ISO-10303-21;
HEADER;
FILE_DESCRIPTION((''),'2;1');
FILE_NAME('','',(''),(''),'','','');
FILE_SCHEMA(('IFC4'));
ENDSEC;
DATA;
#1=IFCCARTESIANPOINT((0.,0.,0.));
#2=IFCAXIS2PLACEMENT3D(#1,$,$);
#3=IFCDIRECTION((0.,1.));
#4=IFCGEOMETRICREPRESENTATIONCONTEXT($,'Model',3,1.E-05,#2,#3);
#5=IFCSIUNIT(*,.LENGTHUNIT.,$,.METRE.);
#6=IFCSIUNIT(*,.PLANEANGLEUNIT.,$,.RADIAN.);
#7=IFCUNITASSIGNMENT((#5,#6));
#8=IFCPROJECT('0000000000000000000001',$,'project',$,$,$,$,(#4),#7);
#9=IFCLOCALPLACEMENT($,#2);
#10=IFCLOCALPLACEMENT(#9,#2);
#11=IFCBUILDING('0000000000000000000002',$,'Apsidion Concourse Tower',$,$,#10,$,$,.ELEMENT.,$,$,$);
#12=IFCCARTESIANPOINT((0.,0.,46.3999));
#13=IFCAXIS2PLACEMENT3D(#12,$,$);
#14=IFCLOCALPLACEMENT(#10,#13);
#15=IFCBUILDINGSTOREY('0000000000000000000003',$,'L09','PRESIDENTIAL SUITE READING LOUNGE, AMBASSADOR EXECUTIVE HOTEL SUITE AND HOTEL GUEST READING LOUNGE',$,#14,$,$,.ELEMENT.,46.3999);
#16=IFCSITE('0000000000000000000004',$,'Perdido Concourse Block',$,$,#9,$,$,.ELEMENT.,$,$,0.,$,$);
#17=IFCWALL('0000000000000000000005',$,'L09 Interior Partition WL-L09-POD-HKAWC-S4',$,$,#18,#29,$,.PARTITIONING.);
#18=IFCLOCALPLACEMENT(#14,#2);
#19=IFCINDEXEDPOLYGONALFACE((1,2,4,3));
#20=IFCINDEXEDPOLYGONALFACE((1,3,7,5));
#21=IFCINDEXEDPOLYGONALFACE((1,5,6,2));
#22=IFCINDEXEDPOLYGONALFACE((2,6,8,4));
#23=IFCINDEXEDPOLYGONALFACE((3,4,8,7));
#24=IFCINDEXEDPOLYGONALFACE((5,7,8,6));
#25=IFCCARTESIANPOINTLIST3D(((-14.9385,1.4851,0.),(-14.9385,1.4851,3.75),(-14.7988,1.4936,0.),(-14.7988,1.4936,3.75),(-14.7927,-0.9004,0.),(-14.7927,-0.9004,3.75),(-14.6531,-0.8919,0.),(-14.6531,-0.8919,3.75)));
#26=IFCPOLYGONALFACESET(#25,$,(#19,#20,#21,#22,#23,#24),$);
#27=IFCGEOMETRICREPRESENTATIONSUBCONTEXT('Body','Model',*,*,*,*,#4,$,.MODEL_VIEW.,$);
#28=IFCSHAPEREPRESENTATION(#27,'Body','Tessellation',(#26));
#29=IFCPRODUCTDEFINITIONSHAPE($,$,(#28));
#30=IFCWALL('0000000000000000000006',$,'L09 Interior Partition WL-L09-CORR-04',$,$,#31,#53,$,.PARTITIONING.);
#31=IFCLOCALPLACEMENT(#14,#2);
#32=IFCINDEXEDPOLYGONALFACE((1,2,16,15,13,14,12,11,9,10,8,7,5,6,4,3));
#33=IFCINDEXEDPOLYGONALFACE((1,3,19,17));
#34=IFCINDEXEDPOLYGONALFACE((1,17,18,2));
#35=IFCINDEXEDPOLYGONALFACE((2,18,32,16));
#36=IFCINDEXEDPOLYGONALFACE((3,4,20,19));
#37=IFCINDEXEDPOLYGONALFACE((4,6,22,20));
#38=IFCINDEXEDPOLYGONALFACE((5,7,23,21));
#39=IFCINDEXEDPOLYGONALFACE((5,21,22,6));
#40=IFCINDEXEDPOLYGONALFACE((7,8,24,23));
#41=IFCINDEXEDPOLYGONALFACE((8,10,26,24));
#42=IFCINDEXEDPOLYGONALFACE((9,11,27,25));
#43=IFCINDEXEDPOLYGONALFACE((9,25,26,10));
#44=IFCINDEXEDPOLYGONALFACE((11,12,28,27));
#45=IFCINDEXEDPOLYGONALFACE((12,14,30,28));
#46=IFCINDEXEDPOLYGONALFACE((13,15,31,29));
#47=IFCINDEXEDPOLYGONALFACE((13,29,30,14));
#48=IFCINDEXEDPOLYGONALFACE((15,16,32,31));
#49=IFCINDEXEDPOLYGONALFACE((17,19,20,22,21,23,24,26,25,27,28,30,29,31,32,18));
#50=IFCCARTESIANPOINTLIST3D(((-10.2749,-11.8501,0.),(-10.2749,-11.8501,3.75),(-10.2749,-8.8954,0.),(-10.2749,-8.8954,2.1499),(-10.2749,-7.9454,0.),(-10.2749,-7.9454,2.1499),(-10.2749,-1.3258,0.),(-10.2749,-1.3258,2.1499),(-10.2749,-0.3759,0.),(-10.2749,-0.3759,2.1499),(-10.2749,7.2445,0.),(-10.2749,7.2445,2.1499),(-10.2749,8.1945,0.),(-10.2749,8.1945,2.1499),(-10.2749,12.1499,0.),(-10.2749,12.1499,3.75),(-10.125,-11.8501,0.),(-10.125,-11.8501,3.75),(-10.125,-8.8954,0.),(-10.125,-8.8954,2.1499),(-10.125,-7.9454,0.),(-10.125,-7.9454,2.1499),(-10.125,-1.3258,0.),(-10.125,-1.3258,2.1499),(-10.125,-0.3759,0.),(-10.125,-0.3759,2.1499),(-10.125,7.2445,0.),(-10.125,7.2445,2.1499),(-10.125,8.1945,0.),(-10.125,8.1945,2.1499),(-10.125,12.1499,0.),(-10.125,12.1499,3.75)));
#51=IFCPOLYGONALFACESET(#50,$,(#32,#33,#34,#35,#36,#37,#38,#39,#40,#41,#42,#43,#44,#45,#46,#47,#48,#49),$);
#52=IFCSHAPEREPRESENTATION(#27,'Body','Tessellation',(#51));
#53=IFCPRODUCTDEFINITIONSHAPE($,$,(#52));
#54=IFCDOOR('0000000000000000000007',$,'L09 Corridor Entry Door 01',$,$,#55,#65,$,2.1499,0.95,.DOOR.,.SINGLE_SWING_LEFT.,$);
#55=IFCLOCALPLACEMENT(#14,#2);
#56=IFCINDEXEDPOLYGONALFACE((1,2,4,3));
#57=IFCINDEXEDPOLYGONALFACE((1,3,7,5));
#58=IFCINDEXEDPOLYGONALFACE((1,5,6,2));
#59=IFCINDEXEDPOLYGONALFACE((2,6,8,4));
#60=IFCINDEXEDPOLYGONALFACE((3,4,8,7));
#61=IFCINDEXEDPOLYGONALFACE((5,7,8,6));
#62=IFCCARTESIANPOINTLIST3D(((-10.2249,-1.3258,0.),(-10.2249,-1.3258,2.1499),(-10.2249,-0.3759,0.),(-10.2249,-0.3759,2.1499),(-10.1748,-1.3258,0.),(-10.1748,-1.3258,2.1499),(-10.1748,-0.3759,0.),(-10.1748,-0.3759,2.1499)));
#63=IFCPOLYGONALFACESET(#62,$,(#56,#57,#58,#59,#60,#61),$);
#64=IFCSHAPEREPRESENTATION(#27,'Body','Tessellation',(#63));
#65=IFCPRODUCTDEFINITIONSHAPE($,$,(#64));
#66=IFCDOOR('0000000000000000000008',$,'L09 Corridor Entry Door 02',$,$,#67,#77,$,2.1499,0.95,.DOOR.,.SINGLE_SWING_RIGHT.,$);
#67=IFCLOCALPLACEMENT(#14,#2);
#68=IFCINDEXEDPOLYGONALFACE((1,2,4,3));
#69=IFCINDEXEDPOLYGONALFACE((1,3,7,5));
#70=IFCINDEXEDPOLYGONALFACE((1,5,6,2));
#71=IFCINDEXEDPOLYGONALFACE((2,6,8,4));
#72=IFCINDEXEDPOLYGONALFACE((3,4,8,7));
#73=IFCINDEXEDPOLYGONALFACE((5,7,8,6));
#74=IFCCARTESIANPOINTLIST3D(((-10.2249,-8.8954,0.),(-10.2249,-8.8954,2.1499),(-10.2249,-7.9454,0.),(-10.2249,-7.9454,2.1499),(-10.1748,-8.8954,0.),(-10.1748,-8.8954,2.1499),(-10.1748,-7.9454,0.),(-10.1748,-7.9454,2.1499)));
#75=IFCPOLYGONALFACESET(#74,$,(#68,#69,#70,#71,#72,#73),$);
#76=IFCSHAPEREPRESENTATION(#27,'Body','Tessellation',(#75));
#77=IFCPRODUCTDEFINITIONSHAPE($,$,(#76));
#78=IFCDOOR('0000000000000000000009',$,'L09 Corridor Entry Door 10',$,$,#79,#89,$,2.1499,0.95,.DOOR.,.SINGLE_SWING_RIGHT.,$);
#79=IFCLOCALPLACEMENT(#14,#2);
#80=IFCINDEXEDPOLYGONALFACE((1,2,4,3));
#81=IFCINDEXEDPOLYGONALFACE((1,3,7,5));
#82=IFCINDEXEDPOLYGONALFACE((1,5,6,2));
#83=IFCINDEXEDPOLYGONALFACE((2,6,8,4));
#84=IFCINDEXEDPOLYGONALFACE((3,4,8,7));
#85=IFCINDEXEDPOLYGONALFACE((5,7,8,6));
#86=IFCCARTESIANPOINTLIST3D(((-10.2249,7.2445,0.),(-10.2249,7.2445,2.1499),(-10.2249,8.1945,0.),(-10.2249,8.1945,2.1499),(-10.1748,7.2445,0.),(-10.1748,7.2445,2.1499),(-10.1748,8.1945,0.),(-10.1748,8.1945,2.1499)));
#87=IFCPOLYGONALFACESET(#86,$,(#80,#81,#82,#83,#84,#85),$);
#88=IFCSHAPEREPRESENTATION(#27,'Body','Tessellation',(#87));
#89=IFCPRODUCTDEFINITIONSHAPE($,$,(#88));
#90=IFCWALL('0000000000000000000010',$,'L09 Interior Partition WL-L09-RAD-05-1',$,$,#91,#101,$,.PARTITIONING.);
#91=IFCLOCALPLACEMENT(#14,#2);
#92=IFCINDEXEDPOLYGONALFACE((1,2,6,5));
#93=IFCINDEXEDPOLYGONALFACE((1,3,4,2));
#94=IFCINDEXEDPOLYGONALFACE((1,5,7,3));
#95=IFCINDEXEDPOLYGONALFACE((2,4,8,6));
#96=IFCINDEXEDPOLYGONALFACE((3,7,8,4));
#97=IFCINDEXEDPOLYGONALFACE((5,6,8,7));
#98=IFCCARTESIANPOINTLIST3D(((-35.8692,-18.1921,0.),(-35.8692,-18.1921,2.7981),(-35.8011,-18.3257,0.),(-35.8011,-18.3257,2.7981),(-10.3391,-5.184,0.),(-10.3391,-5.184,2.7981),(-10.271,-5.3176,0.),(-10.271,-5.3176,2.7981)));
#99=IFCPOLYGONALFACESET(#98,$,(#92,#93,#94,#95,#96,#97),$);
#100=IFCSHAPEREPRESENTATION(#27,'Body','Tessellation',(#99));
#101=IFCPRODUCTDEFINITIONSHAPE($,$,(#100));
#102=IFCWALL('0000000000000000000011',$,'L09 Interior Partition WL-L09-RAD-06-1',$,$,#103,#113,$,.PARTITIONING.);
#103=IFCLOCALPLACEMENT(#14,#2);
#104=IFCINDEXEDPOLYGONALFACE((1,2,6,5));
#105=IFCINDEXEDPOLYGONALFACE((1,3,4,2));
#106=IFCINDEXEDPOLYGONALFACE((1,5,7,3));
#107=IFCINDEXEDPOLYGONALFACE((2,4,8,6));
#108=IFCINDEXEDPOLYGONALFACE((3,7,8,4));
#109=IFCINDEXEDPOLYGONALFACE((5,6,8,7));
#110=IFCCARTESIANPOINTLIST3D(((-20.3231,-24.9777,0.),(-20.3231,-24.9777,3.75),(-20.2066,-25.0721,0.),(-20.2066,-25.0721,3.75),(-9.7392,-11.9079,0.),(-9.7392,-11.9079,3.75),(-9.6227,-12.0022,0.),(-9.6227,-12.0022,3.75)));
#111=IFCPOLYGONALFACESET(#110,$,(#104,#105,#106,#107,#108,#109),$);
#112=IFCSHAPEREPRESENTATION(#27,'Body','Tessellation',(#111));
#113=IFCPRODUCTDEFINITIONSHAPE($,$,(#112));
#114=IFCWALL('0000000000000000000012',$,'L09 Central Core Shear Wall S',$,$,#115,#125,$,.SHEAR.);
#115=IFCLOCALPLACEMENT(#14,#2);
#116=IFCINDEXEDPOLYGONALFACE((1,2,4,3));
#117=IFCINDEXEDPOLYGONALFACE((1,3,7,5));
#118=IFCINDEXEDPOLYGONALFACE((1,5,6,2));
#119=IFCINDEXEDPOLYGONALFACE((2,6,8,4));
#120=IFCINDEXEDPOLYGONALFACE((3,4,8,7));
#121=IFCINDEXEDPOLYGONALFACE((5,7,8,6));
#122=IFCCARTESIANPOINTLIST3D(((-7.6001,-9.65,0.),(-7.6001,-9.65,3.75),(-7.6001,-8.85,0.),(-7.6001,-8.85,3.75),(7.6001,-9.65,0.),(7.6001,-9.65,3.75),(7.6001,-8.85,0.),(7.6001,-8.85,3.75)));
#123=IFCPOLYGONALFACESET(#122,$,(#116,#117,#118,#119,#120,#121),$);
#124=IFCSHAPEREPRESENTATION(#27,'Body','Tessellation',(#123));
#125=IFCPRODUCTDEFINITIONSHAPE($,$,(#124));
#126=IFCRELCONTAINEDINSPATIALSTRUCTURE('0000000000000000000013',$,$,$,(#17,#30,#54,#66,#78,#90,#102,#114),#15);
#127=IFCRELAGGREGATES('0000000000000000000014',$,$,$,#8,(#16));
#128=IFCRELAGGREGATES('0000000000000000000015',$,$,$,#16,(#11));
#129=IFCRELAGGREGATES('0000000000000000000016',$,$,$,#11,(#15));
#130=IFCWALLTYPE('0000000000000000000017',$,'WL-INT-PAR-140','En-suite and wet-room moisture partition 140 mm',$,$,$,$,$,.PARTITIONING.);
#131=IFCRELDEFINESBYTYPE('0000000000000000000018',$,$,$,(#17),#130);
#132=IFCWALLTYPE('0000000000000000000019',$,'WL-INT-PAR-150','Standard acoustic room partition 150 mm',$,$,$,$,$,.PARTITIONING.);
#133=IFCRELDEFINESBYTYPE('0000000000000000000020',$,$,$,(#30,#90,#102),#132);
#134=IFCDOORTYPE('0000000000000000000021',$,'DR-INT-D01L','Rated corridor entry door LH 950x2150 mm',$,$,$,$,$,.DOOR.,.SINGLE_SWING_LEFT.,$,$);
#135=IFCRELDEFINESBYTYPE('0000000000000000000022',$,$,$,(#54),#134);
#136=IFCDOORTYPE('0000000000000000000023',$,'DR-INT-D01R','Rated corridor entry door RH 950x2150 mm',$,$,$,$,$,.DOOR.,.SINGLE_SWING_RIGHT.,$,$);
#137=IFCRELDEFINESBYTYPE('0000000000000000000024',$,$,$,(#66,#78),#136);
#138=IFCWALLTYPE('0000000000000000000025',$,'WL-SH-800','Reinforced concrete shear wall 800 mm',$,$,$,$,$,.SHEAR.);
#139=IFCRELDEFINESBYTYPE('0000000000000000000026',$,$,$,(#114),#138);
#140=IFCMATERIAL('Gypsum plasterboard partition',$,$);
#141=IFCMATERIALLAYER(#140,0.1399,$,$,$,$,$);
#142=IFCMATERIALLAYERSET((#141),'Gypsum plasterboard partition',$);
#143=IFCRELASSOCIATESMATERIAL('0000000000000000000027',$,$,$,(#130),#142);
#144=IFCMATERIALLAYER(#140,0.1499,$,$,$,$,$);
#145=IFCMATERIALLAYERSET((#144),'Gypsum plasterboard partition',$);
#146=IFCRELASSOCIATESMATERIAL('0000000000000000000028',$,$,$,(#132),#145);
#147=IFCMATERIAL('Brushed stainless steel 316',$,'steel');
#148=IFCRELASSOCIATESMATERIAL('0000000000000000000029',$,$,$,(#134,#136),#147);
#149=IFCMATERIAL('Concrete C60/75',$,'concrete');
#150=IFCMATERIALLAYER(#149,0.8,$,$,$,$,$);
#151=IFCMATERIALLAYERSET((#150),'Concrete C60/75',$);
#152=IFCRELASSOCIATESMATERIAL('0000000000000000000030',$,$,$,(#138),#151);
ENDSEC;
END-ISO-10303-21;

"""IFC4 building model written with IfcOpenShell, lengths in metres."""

from ifc_helpers import new_model, si_unit, direction, frame, frame_2d, origin, place, context, subcontext, project, spatial, rectangle, extrude, material, layer, layer_set, type_object, element, fill, save


model = new_model("IFC4")

# Units and contexts
model_context = context("Model", 3, precision=1e-05, world=origin(), true_north=direction((0.0, 1.0)))
body_context = subcontext(model_context, "Body", "Model", "MODEL_VIEW")
ifc_project = project(units=[si_unit("LENGTHUNIT", "METRE"), si_unit("PLANEANGLEUNIT", "RADIAN")], contexts=[model_context])

# Site, building, storey
site_placement = place(None, origin())
site = spatial("IfcSite", under=ifc_project, at=site_placement, Name="Perdido Concourse Block", CompositionType="ELEMENT", RefElevation=0.0)
building_placement = place(site_placement, origin())
building = spatial("IfcBuilding", under=site, at=building_placement, Name="Apsidion Concourse Tower", CompositionType="ELEMENT")
storey_placement = place(building_placement, frame((0.0, 0.0, 46.3999)))
storey = spatial("IfcBuildingStorey", under=building, at=storey_placement, Name="L09", Description="PRESIDENTIAL SUITE READING LOUNGE, AMBASSADOR EXECUTIVE HOTEL SUITE AND HOTEL GUEST READING LOUNGE", CompositionType="ELEMENT", Elevation=46.3999)

# Shared definitions
ifc_material_1 = material(Name="Gypsum plasterboard partition")
ifc_layer_1 = layer(ifc_material_1, 0.1399)
ifc_layer_set_1 = layer_set([ifc_layer_1], Name="Gypsum plasterboard partition")
wall_type_1 = type_object("IfcWallType", Name="WL-INT-PAR-140", Description="En-suite and wet-room moisture partition 140 mm", PredefinedType="PARTITIONING", material=ifc_layer_set_1)

# Wall
wall_1_placement = place(storey_placement, frame((-14.7229, -0.896, 0.0), z_axis=(0.0, 0.0, 1.0), x_axis=(-0.060985, 0.998139, 0.0)))
element("IfcWall", 1, at=wall_1_placement, inside=storey, type_object=wall_type_1, Name="L09 Interior Partition WL-L09-POD-HKAWC-S4", PredefinedType="PARTITIONING", context=body_context, shape_type="SweptSolid", body=[
    extrude(rectangle(XDim=2.3899, YDim=0.1399, at=frame_2d((1.1948, 0.0))), origin(), (0.0, 0.0, 1.0), 3.75),
])

# Wall, openings, doors
ifc_layer_2 = layer(ifc_material_1, 0.1499)
ifc_layer_set_2 = layer_set([ifc_layer_2], Name="Gypsum plasterboard partition")
wall_type_2 = type_object("IfcWallType", Name="WL-INT-PAR-150", Description="Standard acoustic room partition 150 mm", PredefinedType="PARTITIONING", material=ifc_layer_set_2)
wall_2_placement = place(storey_placement, frame((-10.2, -11.8501, 0.0), z_axis=(0.0, 0.0, 1.0), x_axis=(0.0, 1.0, 0.0)))
wall_2 = element("IfcWall", 2, at=wall_2_placement, inside=storey, type_object=wall_type_2, Name="L09 Interior Partition WL-L09-CORR-04", PredefinedType="PARTITIONING", context=body_context, shape_type="SweptSolid", body=[
    extrude(rectangle(XDim=24.0, YDim=0.1499, at=frame_2d((12.0, 0.0))), origin(), (0.0, 0.0, 1.0), 3.75),
])
opening_1_placement = place(wall_2_placement, frame((10.5242, 0.0, 0.0)))
opening_1 = element("IfcOpeningElement", 3, at=opening_1_placement, cuts=wall_2, PredefinedType="OPENING", context=body_context, shape_type="SweptSolid", body=[
    extrude(rectangle(XDim=0.95, YDim=2.1499, at=frame_2d((0.4751, 1.075))), frame((0.0, 0.085, 0.0), z_axis=(0.0, -1.0, 0.0), x_axis=(1.0, 0.0, 0.0)), (0.0, 0.0, 1.0), 0.1699),
])
opening_2_placement = place(wall_2_placement, frame((2.9546, 0.0, 0.0)))
opening_2 = element("IfcOpeningElement", 4, at=opening_2_placement, cuts=wall_2, PredefinedType="OPENING", context=body_context, shape_type="SweptSolid", body=[
    extrude(rectangle(XDim=0.95, YDim=2.1499, at=frame_2d((0.4751, 1.075))), frame((0.0, 0.085, 0.0), z_axis=(0.0, -1.0, 0.0), x_axis=(1.0, 0.0, 0.0)), (0.0, 0.0, 1.0), 0.1699),
])
opening_3_placement = place(wall_2_placement, frame((19.0945, 0.0, 0.0)))
opening_3 = element("IfcOpeningElement", 5, at=opening_3_placement, cuts=wall_2, PredefinedType="OPENING", context=body_context, shape_type="SweptSolid", body=[
    extrude(rectangle(XDim=0.95, YDim=2.1499, at=frame_2d((0.4751, 1.075))), frame((0.0, 0.085, 0.0), z_axis=(0.0, -1.0, 0.0), x_axis=(1.0, 0.0, 0.0)), (0.0, 0.0, 1.0), 0.1699),
])
ifc_material_2 = material(Name="Brushed stainless steel 316", Category="steel")
door_type_1 = type_object("IfcDoorType", Name="DR-INT-D01L", Description="Rated corridor entry door LH 950x2150 mm", OperationType="SINGLE_SWING_LEFT", PredefinedType="DOOR", material=ifc_material_2)
door_1_placement = place(opening_1_placement, origin())
door_1 = element("IfcDoor", 6, at=door_1_placement, inside=storey, type_object=door_type_1, Name="L09 Corridor Entry Door 01", OperationType="SINGLE_SWING_LEFT", OverallHeight=2.1499, OverallWidth=0.95, PredefinedType="DOOR", context=body_context, shape_type="SweptSolid", body=[
    extrude(rectangle(XDim=0.95, YDim=2.1499, at=frame_2d((0.4751, 1.075))), frame((0.0, 0.0249, 0.0), z_axis=(0.0, -1.0, 0.0), x_axis=(1.0, 0.0, 0.0)), (0.0, 0.0, 1.0), 0.05),
])
fill(opening_1, door_1)
door_type_2 = type_object("IfcDoorType", Name="DR-INT-D01R", Description="Rated corridor entry door RH 950x2150 mm", OperationType="SINGLE_SWING_RIGHT", PredefinedType="DOOR", material=ifc_material_2)
door_2_placement = place(opening_2_placement, origin())
door_2 = element("IfcDoor", 7, at=door_2_placement, inside=storey, type_object=door_type_2, Name="L09 Corridor Entry Door 02", OperationType="SINGLE_SWING_RIGHT", OverallHeight=2.1499, OverallWidth=0.95, PredefinedType="DOOR", context=body_context, shape_type="SweptSolid", body=[
    extrude(rectangle(XDim=0.95, YDim=2.1499, at=frame_2d((0.4751, 1.075))), frame((0.0, 0.0249, 0.0), z_axis=(0.0, -1.0, 0.0), x_axis=(1.0, 0.0, 0.0)), (0.0, 0.0, 1.0), 0.05),
])
fill(opening_2, door_2)
door_3_placement = place(opening_3_placement, origin())
door_3 = element("IfcDoor", 8, at=door_3_placement, inside=storey, type_object=door_type_2, Name="L09 Corridor Entry Door 10", OperationType="SINGLE_SWING_RIGHT", OverallHeight=2.1499, OverallWidth=0.95, PredefinedType="DOOR", context=body_context, shape_type="SweptSolid", body=[
    extrude(rectangle(XDim=0.95, YDim=2.1499, at=frame_2d((0.4751, 1.075))), frame((0.0, 0.0249, 0.0), z_axis=(0.0, -1.0, 0.0), x_axis=(1.0, 0.0, 0.0)), (0.0, 0.0, 1.0), 0.05),
])
fill(opening_3, door_3)

# Walls
wall_3_placement = place(storey_placement, frame((-10.3049, -5.2507, 0.0), z_axis=(0.0, 0.0, 1.0), x_axis=(-0.891009, -0.453987, 0.0)))
element("IfcWall", 9, at=wall_3_placement, inside=storey, type_object=wall_type_2, Name="L09 Interior Partition WL-L09-RAD-05-1", PredefinedType="PARTITIONING", context=body_context, shape_type="SweptSolid", body=[
    extrude(rectangle(XDim=28.6531, YDim=0.1499, at=frame_2d((14.3267, 0.0))), origin(), (0.0, 0.0, 1.0), 2.7981),
])
wall_4_placement = place(storey_placement, frame((-9.6809, -11.9551, 0.0), z_axis=(0.0, 0.0, 1.0), x_axis=(-0.629329, -0.777139, 0.0)))
element("IfcWall", 10, at=wall_4_placement, inside=storey, type_object=wall_type_2, Name="L09 Interior Partition WL-L09-RAD-06-1", PredefinedType="PARTITIONING", context=body_context, shape_type="SweptSolid", body=[
    extrude(rectangle(XDim=16.8179, YDim=0.1499, at=frame_2d((8.4089, 0.0))), origin(), (0.0, 0.0, 1.0), 3.75),
])
ifc_material_3 = material(Name="Concrete C60/75", Category="concrete")
ifc_layer_3 = layer(ifc_material_3, 0.8)
ifc_layer_set_3 = layer_set([ifc_layer_3], Name="Concrete C60/75")
wall_type_3 = type_object("IfcWallType", Name="WL-SH-800", Description="Reinforced concrete shear wall 800 mm", PredefinedType="SHEAR", material=ifc_layer_set_3)
wall_5_placement = place(storey_placement, frame((-7.6001, -9.25, 0.0), z_axis=(0.0, 0.0, 1.0), x_axis=(1.0, 0.0, 0.0)))
element("IfcWall", 11, at=wall_5_placement, inside=storey, type_object=wall_type_3, Name="L09 Central Core Shear Wall S", PredefinedType="SHEAR", context=body_context, shape_type="SweptSolid", body=[
    extrude(rectangle(XDim=15.2002, YDim=0.8, at=frame_2d((7.6001, 0.0))), origin(), (0.0, 0.0, 1.0), 3.75),
])

save(model, "model.ifc")
